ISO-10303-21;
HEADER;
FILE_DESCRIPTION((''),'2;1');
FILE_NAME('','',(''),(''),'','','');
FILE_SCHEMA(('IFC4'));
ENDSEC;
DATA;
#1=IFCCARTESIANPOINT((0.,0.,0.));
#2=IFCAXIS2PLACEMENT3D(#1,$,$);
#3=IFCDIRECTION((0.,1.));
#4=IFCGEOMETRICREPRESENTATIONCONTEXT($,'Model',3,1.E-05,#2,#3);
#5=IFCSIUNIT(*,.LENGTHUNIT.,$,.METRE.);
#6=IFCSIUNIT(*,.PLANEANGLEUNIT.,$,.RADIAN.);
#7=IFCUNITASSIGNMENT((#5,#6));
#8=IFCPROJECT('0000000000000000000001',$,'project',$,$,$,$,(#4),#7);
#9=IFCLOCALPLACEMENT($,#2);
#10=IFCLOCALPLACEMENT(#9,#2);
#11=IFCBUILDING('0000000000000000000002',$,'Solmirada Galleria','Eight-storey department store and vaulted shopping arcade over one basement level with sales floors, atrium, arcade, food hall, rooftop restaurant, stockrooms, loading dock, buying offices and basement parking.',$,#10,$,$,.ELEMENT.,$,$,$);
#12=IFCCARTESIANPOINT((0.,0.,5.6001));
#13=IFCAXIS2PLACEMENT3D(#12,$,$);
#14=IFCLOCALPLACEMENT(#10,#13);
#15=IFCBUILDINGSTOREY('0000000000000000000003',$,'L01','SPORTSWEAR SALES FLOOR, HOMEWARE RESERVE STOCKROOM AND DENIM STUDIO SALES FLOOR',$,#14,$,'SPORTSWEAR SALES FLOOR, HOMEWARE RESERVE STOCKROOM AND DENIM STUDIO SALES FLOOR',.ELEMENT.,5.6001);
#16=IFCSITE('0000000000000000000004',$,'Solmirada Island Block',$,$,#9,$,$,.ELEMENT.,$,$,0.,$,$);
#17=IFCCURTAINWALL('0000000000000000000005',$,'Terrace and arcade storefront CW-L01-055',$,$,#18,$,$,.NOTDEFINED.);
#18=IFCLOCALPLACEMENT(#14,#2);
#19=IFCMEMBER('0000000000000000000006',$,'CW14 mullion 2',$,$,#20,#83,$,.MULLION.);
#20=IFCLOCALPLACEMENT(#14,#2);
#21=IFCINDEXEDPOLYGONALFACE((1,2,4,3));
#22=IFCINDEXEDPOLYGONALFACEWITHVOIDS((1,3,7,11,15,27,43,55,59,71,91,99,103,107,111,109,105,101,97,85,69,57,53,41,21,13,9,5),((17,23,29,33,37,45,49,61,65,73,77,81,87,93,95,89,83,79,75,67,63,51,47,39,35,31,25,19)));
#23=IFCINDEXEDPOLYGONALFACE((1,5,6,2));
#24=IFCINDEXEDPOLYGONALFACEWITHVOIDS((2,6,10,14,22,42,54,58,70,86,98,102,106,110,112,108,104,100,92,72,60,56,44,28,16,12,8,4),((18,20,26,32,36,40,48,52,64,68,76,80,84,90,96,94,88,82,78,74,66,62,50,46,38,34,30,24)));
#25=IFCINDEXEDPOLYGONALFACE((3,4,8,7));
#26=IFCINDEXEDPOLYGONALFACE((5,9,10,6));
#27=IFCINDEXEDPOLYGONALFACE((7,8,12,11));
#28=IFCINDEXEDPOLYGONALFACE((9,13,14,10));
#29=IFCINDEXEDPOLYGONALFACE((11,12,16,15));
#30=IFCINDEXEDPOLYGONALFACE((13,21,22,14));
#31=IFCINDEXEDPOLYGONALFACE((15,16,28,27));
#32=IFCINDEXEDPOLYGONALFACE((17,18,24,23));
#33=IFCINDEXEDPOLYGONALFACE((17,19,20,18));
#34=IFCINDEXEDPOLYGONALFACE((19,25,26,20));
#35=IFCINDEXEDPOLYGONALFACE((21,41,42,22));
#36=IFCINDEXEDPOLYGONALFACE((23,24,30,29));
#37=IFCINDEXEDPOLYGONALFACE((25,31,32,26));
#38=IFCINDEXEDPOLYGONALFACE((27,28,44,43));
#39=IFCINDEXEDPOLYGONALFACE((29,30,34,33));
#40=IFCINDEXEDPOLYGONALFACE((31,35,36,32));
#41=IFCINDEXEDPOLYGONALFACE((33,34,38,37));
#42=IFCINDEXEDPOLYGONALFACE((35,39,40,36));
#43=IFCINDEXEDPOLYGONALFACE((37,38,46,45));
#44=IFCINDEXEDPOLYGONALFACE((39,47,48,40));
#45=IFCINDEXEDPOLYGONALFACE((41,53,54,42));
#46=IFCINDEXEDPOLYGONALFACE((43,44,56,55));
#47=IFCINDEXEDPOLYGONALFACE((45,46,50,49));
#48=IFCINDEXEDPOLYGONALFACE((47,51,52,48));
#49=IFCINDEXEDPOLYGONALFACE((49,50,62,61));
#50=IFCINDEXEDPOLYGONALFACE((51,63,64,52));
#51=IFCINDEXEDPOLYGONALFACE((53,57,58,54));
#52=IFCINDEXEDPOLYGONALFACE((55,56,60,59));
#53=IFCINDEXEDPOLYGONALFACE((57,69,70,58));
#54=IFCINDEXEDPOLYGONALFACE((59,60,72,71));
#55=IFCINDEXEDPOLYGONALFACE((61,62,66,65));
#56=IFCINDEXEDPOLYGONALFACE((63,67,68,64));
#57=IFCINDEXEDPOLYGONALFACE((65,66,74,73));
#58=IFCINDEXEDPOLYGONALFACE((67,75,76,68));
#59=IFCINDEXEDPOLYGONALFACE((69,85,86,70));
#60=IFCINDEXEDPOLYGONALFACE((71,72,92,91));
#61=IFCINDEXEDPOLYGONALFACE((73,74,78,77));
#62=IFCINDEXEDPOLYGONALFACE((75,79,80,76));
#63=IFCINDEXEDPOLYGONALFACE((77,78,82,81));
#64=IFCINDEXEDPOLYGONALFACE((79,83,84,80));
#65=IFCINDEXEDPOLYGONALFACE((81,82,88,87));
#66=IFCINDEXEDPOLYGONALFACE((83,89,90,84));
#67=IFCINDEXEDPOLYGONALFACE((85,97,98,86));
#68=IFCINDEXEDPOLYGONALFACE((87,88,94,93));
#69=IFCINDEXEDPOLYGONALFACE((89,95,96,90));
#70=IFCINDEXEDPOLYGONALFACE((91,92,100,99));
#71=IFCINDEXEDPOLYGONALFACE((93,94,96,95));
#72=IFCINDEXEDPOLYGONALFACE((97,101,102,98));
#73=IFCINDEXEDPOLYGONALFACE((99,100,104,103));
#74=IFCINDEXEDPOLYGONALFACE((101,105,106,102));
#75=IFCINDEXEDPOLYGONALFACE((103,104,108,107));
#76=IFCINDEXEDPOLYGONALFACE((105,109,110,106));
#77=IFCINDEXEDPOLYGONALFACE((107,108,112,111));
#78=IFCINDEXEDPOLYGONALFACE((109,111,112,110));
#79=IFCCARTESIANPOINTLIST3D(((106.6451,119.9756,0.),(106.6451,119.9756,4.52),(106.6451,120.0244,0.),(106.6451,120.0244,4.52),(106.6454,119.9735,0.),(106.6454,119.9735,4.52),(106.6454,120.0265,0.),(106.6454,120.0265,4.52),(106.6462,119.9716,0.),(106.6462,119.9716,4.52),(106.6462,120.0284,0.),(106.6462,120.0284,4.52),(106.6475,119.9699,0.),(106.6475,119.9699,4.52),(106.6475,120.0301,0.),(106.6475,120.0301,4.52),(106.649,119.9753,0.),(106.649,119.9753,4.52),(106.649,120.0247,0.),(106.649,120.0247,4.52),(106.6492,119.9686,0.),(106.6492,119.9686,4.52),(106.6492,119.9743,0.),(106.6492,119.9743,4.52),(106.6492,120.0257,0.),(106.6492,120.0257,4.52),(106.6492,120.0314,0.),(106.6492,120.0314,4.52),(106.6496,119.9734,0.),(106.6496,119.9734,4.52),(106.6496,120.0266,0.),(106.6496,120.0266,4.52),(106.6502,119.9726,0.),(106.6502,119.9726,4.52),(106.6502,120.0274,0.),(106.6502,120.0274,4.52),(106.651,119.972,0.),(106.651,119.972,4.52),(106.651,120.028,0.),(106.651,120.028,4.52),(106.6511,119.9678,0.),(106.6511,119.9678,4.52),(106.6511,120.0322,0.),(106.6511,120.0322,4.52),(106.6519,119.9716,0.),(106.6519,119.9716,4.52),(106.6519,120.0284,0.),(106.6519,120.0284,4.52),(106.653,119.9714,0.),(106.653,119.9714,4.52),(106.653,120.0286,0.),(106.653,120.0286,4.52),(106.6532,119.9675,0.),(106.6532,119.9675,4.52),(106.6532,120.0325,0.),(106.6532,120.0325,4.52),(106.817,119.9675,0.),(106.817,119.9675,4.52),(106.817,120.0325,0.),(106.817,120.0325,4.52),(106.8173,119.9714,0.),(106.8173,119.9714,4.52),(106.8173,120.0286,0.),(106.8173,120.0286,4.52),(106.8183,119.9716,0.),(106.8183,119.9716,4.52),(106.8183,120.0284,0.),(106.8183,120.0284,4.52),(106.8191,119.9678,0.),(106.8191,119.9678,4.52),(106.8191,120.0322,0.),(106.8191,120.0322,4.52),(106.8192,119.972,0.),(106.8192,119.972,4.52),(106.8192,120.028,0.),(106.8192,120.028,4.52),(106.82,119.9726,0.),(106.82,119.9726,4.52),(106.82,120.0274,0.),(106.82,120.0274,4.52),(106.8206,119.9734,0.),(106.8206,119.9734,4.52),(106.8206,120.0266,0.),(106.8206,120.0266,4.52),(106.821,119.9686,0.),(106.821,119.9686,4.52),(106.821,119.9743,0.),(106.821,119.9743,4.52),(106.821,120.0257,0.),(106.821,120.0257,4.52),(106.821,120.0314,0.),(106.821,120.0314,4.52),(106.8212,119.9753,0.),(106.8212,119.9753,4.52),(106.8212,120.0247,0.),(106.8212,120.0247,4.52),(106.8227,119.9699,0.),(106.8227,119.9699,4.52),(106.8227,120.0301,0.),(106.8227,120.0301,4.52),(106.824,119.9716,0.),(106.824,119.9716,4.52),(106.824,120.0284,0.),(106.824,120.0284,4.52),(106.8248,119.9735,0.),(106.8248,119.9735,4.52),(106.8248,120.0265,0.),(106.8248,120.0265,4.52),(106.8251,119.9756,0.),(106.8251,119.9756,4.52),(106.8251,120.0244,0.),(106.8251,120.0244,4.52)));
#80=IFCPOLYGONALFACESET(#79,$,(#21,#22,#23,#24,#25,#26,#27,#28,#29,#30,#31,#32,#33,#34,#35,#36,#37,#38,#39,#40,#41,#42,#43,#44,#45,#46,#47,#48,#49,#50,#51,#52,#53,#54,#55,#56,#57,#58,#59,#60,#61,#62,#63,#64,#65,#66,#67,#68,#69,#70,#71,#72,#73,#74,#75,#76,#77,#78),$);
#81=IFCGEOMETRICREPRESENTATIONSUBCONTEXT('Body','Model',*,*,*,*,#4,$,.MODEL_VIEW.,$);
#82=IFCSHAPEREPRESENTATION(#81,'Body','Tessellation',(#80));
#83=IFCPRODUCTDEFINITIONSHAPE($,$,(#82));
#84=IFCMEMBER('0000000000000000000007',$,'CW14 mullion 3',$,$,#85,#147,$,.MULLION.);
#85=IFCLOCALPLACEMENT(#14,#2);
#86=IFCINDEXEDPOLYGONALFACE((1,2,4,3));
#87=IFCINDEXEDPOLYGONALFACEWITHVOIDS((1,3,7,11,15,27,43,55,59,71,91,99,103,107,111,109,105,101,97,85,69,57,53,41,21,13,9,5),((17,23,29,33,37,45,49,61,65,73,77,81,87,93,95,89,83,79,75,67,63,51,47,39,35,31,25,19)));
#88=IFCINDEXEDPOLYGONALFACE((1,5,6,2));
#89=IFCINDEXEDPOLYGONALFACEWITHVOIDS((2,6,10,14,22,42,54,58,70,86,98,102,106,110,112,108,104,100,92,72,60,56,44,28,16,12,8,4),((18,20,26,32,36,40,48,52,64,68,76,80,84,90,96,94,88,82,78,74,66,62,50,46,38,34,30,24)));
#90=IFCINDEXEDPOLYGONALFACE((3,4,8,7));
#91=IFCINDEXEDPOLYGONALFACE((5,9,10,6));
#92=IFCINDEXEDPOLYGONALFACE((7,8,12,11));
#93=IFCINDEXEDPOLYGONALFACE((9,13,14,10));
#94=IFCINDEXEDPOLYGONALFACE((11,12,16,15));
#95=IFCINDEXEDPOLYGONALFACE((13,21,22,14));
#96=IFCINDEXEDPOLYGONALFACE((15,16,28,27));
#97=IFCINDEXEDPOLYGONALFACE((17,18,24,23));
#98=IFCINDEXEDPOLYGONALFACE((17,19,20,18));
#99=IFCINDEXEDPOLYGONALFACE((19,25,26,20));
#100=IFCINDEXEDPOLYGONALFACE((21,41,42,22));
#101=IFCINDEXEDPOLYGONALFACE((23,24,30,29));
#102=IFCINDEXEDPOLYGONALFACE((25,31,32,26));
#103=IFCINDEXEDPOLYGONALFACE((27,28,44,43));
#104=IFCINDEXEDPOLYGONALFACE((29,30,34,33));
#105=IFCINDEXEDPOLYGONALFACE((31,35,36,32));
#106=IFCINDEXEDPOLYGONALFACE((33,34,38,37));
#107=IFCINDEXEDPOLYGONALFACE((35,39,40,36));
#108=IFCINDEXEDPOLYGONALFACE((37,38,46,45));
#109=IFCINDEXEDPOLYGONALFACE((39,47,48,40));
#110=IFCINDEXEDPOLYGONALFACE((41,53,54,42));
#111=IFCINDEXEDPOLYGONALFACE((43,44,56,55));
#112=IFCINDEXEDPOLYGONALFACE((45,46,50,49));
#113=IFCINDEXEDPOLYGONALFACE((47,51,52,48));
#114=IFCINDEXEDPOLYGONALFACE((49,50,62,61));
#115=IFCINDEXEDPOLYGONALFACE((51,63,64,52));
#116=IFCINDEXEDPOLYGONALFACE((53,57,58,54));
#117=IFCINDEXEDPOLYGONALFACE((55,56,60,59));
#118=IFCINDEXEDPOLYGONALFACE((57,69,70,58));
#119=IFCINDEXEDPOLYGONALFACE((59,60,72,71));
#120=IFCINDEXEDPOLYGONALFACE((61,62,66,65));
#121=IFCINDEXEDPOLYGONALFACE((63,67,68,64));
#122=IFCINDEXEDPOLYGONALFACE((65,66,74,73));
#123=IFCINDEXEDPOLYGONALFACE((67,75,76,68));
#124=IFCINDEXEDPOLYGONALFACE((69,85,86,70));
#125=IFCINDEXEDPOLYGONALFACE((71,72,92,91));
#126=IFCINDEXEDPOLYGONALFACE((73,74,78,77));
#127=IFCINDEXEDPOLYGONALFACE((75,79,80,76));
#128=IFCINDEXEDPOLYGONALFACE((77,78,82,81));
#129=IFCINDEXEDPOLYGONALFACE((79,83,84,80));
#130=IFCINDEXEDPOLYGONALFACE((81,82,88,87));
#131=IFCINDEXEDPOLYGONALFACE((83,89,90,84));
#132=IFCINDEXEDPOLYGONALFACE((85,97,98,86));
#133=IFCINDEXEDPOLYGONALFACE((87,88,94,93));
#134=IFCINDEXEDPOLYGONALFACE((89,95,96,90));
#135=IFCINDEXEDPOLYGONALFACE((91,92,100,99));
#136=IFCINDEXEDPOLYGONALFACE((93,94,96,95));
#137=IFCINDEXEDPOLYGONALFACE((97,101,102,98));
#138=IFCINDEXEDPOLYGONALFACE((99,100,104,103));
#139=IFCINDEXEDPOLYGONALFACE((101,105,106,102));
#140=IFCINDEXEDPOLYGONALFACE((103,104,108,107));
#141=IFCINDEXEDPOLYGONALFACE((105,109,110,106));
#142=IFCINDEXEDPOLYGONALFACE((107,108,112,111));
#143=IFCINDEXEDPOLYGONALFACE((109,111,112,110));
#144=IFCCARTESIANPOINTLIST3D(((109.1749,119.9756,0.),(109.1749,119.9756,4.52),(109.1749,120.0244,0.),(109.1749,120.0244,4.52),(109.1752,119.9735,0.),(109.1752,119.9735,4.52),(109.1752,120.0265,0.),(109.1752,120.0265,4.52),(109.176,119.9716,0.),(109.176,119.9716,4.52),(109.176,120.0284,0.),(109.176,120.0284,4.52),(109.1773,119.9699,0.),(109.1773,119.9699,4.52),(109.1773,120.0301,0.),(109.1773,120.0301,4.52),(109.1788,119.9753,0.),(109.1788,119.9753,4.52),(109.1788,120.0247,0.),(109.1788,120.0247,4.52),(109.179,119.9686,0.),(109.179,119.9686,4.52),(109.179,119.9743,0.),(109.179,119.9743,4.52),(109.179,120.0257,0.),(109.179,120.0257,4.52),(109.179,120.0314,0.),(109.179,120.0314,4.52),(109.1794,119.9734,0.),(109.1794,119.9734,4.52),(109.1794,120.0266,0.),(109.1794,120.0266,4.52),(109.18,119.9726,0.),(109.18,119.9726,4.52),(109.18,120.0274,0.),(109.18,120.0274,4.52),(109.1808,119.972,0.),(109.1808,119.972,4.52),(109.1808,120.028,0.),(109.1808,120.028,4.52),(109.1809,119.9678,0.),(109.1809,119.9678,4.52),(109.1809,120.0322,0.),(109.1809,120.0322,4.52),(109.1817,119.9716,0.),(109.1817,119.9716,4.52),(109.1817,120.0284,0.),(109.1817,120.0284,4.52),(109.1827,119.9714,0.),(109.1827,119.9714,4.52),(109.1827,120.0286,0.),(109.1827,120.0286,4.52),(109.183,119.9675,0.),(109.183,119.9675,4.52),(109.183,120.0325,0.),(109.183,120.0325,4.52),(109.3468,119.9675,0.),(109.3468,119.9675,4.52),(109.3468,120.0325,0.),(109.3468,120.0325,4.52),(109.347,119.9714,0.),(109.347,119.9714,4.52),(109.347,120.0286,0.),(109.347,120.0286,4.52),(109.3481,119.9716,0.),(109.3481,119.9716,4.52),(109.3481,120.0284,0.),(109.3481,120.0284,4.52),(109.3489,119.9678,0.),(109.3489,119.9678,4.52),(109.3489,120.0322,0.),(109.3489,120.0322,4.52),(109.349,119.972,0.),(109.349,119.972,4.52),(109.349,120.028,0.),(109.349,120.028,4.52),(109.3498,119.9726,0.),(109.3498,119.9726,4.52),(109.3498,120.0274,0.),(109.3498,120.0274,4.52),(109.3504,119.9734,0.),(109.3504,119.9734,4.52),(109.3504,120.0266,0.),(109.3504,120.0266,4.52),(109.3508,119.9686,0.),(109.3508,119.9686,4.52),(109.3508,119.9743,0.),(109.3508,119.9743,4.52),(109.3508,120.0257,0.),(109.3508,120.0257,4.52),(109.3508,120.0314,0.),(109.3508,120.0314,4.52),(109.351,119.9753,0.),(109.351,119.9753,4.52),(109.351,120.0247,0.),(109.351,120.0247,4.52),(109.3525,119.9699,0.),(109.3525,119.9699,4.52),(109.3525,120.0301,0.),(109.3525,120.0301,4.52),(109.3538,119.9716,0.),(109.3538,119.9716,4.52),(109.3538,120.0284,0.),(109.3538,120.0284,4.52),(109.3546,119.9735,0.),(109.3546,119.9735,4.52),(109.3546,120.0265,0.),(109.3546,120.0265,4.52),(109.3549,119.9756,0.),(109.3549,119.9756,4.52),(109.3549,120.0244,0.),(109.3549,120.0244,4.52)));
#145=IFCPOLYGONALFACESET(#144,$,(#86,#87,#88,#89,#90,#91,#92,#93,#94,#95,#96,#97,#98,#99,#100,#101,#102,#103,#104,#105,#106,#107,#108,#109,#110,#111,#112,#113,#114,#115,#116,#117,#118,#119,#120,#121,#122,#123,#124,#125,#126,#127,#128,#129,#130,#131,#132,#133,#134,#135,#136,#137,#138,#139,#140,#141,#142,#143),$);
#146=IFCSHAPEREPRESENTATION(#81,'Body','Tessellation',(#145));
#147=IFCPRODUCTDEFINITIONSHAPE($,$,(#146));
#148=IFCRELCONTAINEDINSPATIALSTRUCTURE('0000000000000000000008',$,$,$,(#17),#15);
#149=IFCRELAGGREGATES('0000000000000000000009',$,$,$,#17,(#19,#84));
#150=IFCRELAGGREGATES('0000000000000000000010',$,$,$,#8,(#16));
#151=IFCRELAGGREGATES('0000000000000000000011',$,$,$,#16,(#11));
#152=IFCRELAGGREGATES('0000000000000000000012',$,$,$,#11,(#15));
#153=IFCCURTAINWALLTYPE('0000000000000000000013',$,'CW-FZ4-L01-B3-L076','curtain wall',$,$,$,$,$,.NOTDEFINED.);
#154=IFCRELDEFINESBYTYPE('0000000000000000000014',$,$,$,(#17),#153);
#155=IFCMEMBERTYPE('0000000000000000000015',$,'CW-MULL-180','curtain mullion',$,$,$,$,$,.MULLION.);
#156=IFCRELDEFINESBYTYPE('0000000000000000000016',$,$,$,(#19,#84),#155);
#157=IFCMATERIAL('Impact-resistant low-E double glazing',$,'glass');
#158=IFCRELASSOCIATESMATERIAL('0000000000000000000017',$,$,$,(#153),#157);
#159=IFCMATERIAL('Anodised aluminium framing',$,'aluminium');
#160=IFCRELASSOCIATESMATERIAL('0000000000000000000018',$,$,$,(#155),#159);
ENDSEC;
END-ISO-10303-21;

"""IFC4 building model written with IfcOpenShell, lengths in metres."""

from ifc_helpers import new_model, si_unit, direction, frame, origin, origin_2d, place, context, subcontext, project, spatial, hollow_rectangle, extrude, material, material_profile, profile_set, type_object, element, aggregate, save


model = new_model("IFC4")

# Units and contexts
model_context = context("Model", 3, precision=1e-05, world=origin(), true_north=direction((0.0, 1.0)))
body_context = subcontext(model_context, "Body", "Model", "MODEL_VIEW")
ifc_project = project(units=[si_unit("LENGTHUNIT", "METRE"), si_unit("PLANEANGLEUNIT", "RADIAN")], contexts=[model_context])

# Site, building, storey
site_placement = place(None, origin())
site = spatial("IfcSite", under=ifc_project, at=site_placement, Name="Solmirada Island Block", CompositionType="ELEMENT", RefElevation=0.0)
building_placement = place(site_placement, origin())
building = spatial("IfcBuilding", under=site, at=building_placement, Name="Solmirada Galleria", Description="Eight-storey department store and vaulted shopping arcade over one basement level with sales floors, atrium, arcade, food hall, rooftop restaurant, stockrooms, loading dock, buying offices and basement parking.", CompositionType="ELEMENT")
storey_placement = place(building_placement, frame((0.0, 0.0, 5.6001)))
storey = spatial("IfcBuildingStorey", under=building, at=storey_placement, Name="L01", Description="SPORTSWEAR SALES FLOOR, HOMEWARE RESERVE STOCKROOM AND DENIM STUDIO SALES FLOOR", LongName="SPORTSWEAR SALES FLOOR, HOMEWARE RESERVE STOCKROOM AND DENIM STUDIO SALES FLOOR", CompositionType="ELEMENT", Elevation=5.6001)

# Curtain wall, members
ifc_material_1 = material(Name="Impact-resistant low-E double glazing", Category="glass")
curtain_wall_type_1 = type_object("IfcCurtainWallType", Name="CW-FZ4-L01-B3-L076", Description="curtain wall", PredefinedType="NOTDEFINED", material=ifc_material_1)
curtain_wall_1_placement = place(storey_placement, origin())
curtain_wall_1 = element("IfcCurtainWall", 1, at=curtain_wall_1_placement, inside=storey, type_object=curtain_wall_type_1, Name="Terrace and arcade storefront CW-L01-055", PredefinedType="NOTDEFINED")
ifc_material_2 = material(Name="Anodised aluminium framing", Category="aluminium")
ifc_material_profile_1 = material_profile(ifc_material_2, hollow_rectangle(XDim=0.0649, YDim=0.1799, WallThickness=0.0039, InnerFilletRadius=0.0039, OuterFilletRadius=0.0081, at=origin_2d()), Name="ALU-MULL-180X65")
ifc_profile_set_1 = profile_set([ifc_material_profile_1], Name="Anodised aluminium framing")
member_type_1 = type_object("IfcMemberType", Name="CW-MULL-180", Description="curtain mullion", PredefinedType="MULLION", material=ifc_profile_set_1)
member_1_placement = place(storey_placement, frame((106.7351, 120.0, 0.0), z_axis=(0.0, 0.0, 1.0), x_axis=(0.0, 1.0, 0.0)))
member_1 = element("IfcMember", 2, at=member_1_placement, type_object=member_type_1, Name="CW14 mullion 2", PredefinedType="MULLION", context=body_context, shape_type="SweptSolid", body=[
    extrude(hollow_rectangle(XDim=0.0649, YDim=0.1799, WallThickness=0.0039, InnerFilletRadius=0.0039, OuterFilletRadius=0.0081, at=origin_2d()), origin(), (0.0, 0.0, 1.0), 4.52),
])
member_2_placement = place(storey_placement, frame((109.2649, 120.0, 0.0), z_axis=(0.0, 0.0, 1.0), x_axis=(0.0, 1.0, 0.0)))
member_2 = element("IfcMember", 3, at=member_2_placement, type_object=member_type_1, Name="CW14 mullion 3", PredefinedType="MULLION", context=body_context, shape_type="SweptSolid", body=[
    extrude(hollow_rectangle(XDim=0.0649, YDim=0.1799, WallThickness=0.0039, InnerFilletRadius=0.0039, OuterFilletRadius=0.0081, at=origin_2d()), origin(), (0.0, 0.0, 1.0), 4.52),
])

aggregate(curtain_wall_1, [member_1, member_2])

save(model, "model.ifc")
